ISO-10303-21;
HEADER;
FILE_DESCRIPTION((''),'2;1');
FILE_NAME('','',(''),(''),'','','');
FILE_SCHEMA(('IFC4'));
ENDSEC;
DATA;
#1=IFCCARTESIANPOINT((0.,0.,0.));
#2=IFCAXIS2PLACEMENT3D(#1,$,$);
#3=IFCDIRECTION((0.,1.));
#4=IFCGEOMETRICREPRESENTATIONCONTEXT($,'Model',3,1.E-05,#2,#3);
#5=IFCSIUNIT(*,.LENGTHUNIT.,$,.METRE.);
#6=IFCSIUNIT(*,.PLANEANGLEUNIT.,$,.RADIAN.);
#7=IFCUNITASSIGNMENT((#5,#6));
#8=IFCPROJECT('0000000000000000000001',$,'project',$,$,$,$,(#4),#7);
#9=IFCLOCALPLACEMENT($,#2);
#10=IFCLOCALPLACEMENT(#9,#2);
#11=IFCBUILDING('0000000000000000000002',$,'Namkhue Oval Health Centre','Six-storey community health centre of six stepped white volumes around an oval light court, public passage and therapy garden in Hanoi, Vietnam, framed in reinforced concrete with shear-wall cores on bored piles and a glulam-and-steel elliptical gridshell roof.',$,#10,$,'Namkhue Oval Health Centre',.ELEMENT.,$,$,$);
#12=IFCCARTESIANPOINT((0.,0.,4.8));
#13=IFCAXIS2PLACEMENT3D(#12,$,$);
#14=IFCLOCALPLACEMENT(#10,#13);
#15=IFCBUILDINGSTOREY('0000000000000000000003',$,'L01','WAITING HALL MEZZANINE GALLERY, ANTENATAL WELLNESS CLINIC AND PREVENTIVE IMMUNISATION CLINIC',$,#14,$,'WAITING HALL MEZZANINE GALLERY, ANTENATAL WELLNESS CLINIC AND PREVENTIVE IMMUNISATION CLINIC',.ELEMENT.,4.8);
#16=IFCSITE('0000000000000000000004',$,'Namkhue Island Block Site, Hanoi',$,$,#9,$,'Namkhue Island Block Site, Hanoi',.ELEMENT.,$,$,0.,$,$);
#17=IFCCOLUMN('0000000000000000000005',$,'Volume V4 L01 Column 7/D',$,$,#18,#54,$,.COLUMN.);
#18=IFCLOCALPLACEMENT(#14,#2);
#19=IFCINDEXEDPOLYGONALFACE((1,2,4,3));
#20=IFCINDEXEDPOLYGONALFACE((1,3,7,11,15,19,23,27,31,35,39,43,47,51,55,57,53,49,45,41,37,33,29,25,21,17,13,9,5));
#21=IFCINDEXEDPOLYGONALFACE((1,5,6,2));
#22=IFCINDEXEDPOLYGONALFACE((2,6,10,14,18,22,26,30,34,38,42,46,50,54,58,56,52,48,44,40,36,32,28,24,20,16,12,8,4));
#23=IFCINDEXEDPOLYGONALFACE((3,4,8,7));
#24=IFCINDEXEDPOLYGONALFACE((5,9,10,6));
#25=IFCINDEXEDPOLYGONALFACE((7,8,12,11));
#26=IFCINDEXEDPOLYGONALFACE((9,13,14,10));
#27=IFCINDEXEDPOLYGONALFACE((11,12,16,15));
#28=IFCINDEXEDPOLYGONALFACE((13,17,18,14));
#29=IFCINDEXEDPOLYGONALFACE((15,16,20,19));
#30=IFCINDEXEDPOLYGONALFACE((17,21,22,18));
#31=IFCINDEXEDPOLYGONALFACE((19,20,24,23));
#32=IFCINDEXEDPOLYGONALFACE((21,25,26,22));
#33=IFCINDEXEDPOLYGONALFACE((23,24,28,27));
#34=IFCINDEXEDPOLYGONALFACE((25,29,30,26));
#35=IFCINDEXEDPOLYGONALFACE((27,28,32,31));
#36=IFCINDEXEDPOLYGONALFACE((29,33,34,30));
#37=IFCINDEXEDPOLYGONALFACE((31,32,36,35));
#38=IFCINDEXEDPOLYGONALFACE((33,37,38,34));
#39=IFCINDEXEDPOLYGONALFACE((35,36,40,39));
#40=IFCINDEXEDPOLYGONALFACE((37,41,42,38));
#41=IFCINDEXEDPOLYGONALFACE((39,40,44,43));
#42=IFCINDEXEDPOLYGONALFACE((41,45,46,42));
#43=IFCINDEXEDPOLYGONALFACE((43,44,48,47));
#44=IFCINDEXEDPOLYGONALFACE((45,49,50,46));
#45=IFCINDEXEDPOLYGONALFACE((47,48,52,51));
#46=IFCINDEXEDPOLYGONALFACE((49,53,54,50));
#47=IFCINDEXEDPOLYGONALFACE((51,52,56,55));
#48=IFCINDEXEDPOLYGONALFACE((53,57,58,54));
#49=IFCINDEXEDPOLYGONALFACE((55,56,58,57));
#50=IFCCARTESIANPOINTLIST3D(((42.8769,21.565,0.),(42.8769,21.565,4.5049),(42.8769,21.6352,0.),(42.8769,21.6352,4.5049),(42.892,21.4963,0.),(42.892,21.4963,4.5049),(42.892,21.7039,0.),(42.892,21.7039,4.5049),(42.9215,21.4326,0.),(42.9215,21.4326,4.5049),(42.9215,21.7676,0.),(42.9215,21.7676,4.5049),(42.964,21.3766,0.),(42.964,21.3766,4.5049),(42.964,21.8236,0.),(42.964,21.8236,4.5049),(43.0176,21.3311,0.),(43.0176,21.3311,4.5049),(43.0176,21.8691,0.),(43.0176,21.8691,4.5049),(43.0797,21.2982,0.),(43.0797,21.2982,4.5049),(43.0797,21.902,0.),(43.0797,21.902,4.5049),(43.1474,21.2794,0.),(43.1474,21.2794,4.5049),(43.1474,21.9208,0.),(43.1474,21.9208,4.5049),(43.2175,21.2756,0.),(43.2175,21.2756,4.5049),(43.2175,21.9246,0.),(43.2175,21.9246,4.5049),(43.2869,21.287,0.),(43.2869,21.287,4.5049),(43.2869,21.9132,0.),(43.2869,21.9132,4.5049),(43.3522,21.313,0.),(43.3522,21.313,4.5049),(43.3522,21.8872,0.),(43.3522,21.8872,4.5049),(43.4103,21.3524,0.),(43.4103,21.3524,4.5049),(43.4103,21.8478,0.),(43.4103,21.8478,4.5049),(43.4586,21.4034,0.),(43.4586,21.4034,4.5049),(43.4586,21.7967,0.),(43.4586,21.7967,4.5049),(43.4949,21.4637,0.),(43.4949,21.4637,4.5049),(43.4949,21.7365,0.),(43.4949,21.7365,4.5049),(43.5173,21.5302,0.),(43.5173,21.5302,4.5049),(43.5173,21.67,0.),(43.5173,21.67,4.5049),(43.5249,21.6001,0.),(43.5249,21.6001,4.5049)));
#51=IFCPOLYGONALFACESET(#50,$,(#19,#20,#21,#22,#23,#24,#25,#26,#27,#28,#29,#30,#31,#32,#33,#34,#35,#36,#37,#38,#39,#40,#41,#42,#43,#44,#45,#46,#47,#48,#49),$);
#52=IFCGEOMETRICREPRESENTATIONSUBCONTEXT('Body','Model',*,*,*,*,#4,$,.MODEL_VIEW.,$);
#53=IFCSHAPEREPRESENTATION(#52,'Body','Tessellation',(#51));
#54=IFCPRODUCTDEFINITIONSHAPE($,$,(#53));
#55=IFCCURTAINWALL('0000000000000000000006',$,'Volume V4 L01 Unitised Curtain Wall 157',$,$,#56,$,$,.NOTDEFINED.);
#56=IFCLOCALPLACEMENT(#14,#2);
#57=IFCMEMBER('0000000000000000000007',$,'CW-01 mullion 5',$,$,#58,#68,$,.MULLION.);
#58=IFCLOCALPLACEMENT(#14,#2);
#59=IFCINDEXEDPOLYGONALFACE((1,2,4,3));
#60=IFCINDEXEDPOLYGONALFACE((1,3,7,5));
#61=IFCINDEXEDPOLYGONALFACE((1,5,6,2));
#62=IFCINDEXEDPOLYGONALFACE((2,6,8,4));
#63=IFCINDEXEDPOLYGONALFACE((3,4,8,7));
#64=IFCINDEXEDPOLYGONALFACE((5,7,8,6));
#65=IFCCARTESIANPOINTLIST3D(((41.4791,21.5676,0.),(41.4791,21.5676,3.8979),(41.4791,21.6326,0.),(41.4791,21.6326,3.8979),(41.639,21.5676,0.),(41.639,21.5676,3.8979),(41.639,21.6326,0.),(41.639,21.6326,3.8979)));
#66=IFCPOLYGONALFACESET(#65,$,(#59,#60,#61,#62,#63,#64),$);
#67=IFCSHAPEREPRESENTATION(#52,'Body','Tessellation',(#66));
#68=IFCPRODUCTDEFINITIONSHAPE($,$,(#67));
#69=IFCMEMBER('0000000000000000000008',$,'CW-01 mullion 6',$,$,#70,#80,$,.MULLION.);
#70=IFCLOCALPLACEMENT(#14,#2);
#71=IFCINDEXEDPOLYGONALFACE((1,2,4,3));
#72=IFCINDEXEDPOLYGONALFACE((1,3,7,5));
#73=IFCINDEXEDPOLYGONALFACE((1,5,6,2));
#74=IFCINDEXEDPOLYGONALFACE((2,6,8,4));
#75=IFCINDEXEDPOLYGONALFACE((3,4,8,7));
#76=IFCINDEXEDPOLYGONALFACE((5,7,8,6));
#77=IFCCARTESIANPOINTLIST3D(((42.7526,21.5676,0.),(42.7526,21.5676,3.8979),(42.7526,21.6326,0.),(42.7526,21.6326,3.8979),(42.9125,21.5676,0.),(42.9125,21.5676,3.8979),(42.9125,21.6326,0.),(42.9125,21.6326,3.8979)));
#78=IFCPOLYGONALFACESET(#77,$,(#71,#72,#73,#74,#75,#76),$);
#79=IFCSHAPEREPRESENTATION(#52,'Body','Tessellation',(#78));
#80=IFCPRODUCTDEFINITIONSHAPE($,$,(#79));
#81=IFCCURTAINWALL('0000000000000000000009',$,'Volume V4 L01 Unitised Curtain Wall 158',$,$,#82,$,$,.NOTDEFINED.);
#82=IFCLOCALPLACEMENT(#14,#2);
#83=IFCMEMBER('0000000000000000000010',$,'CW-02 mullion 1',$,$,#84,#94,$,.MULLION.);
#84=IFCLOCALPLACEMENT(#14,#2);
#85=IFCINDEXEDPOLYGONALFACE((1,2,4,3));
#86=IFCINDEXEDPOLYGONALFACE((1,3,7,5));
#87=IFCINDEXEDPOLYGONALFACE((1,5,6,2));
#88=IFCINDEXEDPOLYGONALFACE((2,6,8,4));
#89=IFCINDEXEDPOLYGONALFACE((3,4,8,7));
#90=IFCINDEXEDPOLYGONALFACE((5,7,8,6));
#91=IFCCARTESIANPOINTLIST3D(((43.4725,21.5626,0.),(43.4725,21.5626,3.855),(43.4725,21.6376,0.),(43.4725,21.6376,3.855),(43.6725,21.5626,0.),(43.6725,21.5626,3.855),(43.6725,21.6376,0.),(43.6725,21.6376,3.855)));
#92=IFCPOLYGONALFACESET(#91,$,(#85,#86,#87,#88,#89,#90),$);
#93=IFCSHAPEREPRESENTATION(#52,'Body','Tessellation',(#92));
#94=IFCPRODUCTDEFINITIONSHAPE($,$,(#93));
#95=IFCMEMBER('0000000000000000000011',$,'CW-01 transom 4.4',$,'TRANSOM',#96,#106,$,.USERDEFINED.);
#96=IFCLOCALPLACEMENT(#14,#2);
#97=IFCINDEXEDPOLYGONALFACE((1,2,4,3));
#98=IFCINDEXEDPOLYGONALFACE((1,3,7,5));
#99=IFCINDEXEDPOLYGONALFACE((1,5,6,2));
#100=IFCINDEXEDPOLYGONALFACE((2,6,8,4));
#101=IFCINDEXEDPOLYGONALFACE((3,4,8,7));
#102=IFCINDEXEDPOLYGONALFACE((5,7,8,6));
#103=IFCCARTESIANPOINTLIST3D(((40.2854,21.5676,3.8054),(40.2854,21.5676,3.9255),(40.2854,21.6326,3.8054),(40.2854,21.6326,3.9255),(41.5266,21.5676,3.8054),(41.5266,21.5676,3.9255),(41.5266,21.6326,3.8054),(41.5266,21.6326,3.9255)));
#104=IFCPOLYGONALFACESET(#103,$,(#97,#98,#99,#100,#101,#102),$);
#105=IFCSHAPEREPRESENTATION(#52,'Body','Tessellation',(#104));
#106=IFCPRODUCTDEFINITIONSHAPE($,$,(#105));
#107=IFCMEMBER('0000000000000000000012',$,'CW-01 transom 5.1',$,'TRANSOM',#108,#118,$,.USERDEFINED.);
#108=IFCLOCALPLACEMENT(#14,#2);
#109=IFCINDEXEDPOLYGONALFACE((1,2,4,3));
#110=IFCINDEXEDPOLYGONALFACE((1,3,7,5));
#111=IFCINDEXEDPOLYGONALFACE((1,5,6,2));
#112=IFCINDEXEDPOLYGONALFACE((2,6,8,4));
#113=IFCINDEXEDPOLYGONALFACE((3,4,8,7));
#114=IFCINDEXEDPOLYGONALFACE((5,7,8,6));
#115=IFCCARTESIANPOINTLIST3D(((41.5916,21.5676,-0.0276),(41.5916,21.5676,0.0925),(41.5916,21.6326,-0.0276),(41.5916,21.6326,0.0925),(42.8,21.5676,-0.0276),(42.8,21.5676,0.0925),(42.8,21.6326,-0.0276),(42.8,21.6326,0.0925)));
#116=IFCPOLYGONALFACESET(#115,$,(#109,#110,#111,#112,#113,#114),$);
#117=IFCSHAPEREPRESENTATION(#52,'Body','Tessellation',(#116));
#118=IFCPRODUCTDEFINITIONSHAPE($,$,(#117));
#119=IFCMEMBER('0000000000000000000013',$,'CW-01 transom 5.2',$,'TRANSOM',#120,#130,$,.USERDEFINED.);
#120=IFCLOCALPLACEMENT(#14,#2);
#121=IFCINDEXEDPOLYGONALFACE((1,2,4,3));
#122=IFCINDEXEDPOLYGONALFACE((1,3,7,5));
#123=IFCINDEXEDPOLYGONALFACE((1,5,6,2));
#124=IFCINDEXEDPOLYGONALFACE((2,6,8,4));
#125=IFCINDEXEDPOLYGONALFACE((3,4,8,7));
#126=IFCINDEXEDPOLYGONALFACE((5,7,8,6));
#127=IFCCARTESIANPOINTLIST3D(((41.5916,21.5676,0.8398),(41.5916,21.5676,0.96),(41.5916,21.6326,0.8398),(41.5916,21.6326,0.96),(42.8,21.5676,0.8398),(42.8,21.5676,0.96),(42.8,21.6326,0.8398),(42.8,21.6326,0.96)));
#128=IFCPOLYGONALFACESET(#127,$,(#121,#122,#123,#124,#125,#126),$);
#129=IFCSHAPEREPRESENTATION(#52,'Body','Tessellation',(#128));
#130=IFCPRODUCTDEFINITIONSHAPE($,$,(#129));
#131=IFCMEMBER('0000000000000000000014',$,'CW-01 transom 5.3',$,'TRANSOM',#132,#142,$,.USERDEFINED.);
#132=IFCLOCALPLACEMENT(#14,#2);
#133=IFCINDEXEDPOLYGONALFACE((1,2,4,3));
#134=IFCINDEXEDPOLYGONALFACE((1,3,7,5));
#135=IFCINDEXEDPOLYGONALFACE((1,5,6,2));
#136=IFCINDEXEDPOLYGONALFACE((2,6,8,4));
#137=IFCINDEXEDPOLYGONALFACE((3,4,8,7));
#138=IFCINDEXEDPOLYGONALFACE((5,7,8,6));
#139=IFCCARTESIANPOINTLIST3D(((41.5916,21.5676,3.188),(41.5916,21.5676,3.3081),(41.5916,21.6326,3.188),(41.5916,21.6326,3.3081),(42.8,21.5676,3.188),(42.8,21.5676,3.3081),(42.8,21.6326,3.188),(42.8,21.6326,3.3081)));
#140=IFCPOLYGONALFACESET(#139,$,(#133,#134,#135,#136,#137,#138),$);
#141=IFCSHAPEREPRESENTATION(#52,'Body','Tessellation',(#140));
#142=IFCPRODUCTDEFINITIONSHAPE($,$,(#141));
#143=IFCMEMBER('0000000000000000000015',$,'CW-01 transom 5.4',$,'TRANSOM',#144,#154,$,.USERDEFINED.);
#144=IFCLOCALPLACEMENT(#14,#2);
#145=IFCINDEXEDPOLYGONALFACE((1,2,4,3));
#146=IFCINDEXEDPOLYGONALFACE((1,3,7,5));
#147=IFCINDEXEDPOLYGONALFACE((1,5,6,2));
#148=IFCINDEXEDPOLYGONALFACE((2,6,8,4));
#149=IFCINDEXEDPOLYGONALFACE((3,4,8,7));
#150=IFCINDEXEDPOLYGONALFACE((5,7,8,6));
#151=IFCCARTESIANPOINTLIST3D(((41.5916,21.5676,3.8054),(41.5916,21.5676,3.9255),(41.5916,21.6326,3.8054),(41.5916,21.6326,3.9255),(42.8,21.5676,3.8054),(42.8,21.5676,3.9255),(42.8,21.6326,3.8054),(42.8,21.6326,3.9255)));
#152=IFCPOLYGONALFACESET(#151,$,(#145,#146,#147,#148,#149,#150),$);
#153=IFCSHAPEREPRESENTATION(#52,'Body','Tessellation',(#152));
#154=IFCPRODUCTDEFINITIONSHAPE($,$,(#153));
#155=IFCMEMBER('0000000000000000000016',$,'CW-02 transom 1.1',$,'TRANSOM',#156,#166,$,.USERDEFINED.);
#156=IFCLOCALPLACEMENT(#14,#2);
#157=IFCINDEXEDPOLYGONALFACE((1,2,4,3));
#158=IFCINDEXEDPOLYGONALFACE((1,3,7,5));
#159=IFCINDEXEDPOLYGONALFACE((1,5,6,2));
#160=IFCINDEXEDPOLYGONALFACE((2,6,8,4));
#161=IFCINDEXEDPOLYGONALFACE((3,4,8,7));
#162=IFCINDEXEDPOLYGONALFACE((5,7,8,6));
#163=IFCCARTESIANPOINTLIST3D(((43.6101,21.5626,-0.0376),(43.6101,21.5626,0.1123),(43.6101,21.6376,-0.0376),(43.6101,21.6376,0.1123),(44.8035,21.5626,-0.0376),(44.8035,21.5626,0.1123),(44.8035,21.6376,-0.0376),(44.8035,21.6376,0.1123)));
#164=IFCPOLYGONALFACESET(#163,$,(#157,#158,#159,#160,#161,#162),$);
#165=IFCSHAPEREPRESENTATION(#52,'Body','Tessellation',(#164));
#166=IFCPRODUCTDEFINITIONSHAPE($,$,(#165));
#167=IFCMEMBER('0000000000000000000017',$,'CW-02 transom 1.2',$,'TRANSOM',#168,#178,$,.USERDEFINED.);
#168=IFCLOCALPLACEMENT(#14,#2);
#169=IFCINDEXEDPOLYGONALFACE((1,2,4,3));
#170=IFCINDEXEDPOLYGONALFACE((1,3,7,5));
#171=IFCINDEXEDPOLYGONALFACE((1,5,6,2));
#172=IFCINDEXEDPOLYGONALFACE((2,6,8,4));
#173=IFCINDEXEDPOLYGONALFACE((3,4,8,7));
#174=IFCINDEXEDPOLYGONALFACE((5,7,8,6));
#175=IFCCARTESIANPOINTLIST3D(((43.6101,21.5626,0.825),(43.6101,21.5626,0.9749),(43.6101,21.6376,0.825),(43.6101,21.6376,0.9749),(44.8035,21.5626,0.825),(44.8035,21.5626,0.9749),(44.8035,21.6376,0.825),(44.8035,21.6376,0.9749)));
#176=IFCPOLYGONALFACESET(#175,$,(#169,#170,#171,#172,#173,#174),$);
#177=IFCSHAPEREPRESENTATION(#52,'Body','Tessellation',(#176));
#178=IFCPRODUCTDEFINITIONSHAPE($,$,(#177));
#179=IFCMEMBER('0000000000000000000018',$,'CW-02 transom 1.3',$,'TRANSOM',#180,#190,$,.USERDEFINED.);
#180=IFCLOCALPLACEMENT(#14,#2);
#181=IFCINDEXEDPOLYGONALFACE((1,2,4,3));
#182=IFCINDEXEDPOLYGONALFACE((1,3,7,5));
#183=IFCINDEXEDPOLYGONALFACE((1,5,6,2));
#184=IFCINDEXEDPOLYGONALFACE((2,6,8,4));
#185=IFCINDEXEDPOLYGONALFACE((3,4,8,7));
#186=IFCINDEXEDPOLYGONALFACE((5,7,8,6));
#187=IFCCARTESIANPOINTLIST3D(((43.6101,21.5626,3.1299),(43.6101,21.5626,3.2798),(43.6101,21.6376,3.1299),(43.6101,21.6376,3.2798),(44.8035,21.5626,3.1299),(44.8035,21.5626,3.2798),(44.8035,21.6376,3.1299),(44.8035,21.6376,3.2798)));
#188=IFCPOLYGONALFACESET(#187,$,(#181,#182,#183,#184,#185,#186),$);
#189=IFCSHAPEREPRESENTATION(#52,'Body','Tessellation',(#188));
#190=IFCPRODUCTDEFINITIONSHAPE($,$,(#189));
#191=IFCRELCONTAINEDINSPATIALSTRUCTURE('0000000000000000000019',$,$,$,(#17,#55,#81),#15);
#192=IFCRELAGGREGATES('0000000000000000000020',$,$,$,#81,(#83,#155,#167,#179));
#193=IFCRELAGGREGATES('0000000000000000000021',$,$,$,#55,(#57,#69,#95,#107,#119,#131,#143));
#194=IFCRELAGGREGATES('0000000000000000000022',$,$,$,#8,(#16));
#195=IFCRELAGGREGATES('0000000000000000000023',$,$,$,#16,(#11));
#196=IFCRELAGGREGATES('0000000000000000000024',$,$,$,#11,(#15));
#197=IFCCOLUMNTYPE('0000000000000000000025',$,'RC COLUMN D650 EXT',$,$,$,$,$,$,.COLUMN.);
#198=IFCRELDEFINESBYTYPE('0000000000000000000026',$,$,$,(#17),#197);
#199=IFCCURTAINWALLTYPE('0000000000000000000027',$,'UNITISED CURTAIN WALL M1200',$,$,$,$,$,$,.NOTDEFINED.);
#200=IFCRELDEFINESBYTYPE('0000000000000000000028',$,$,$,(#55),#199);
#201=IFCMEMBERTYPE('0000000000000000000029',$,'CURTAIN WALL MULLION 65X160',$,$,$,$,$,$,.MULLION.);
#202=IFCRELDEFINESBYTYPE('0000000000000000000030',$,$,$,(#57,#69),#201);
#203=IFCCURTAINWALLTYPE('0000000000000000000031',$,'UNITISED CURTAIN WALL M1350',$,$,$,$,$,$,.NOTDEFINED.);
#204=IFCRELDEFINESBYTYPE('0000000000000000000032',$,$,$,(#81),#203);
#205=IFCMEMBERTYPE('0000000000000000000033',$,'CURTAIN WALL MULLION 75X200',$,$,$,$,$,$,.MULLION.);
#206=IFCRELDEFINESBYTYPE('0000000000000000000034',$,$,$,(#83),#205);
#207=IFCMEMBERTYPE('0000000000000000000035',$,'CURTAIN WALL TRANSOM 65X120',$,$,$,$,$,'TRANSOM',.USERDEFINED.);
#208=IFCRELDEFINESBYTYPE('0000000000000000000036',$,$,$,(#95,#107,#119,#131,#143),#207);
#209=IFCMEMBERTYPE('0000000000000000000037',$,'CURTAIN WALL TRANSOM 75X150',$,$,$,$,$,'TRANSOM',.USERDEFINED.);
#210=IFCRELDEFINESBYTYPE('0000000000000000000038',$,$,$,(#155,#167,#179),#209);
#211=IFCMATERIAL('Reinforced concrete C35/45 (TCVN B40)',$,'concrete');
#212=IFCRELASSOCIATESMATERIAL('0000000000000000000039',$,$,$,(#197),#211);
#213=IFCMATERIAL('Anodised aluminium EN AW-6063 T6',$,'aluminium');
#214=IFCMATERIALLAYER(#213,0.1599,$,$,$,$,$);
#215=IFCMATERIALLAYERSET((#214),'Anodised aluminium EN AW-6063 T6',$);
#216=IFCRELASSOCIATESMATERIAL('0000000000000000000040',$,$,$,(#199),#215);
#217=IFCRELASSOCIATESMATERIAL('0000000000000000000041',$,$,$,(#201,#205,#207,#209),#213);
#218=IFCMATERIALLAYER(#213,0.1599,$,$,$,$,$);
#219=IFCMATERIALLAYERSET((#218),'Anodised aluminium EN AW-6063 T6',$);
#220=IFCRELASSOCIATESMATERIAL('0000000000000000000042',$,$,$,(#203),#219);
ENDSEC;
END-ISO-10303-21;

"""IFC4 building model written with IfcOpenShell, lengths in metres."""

from ifc_helpers import new_model, si_unit, direction, frame, origin, origin_2d, place, context, subcontext, project, spatial, rectangle, circle, extrude, material, layer, layer_set, material_profile, profile_set, type_object, element, aggregate, save


model = new_model("IFC4")

# Units and contexts
model_context = context("Model", 3, precision=1e-05, world=origin(), true_north=direction((0.0, 1.0)))
body_context = subcontext(model_context, "Body", "Model", "MODEL_VIEW")
ifc_project = project(units=[si_unit("LENGTHUNIT", "METRE"), si_unit("PLANEANGLEUNIT", "RADIAN")], contexts=[model_context])

# Site, building, storey
site_placement = place(None, origin())
site = spatial("IfcSite", under=ifc_project, at=site_placement, Name="Namkhue Island Block Site, Hanoi", LongName="Namkhue Island Block Site, Hanoi", CompositionType="ELEMENT", RefElevation=0.0)
building_placement = place(site_placement, origin())
building = spatial("IfcBuilding", under=site, at=building_placement, Name="Namkhue Oval Health Centre", Description="Six-storey community health centre of six stepped white volumes around an oval light court, public passage and therapy garden in Hanoi, Vietnam, framed in reinforced concrete with shear-wall cores on bored piles and a glulam-and-steel elliptical gridshell roof.", LongName="Namkhue Oval Health Centre", CompositionType="ELEMENT")
storey_placement = place(building_placement, frame((0.0, 0.0, 4.8)))
storey = spatial("IfcBuildingStorey", under=building, at=storey_placement, Name="L01", Description="WAITING HALL MEZZANINE GALLERY, ANTENATAL WELLNESS CLINIC AND PREVENTIVE IMMUNISATION CLINIC", LongName="WAITING HALL MEZZANINE GALLERY, ANTENATAL WELLNESS CLINIC AND PREVENTIVE IMMUNISATION CLINIC", CompositionType="ELEMENT", Elevation=4.8)

# Column
ifc_material_1 = material(Name="Reinforced concrete C35/45 (TCVN B40)", Category="concrete")
ifc_material_profile_1 = material_profile(ifc_material_1, circle(Radius=0.325, at=origin_2d()), Name="RC D650")
ifc_profile_set_1 = profile_set([ifc_material_profile_1], Name="Reinforced concrete C35/45 (TCVN B40)")
column_type = type_object("IfcColumnType", Name="RC COLUMN D650 EXT", PredefinedType="COLUMN", material=ifc_profile_set_1)
column_placement = place(storey_placement, frame((43.2, 21.6001, 0.0), z_axis=(0.0, 0.0, 1.0), x_axis=(1.0, 0.0, 0.0)))
element("IfcColumn", 1, at=column_placement, inside=storey, type_object=column_type, Name="Volume V4 L01 Column 7/D", PredefinedType="COLUMN", context=body_context, shape_type="SweptSolid", body=[
    extrude(circle(Radius=0.325, at=origin_2d()), origin(), (0.0, 0.0, 1.0), 4.5049),
])

# Curtain wall, members
ifc_material_2 = material(Name="Anodised aluminium EN AW-6063 T6", Category="aluminium")
ifc_layer_1 = layer(ifc_material_2, 0.1599)
ifc_layer_set_1 = layer_set([ifc_layer_1], Name="Anodised aluminium EN AW-6063 T6")
curtain_wall_type_1 = type_object("IfcCurtainWallType", Name="UNITISED CURTAIN WALL M1200", PredefinedType="NOTDEFINED", material=ifc_layer_set_1)
curtain_wall_1_placement = place(storey_placement, origin())
curtain_wall_1 = element("IfcCurtainWall", 2, at=curtain_wall_1_placement, inside=storey, type_object=curtain_wall_type_1, Name="Volume V4 L01 Unitised Curtain Wall 157", PredefinedType="NOTDEFINED")
ifc_material_profile_2 = material_profile(ifc_material_2, rectangle(XDim=0.0649, YDim=0.1599, at=origin_2d()), Name="ALU 65x160")
ifc_profile_set_2 = profile_set([ifc_material_profile_2], Name="Anodised aluminium EN AW-6063 T6")
member_type_1 = type_object("IfcMemberType", Name="CURTAIN WALL MULLION 65X160", PredefinedType="MULLION", material=ifc_profile_set_2)
member_1_placement = place(storey_placement, frame((41.5591, 21.6001, 0.0), z_axis=(0.0, 0.0, 1.0), x_axis=(0.0, 1.0, 0.0)))
member_1 = element("IfcMember", 3, at=member_1_placement, type_object=member_type_1, Name="CW-01 mullion 5", PredefinedType="MULLION", context=body_context, shape_type="SweptSolid", body=[
    extrude(rectangle(XDim=0.0649, YDim=0.1599, at=origin_2d()), origin(), (0.0, 0.0, 1.0), 3.8979),
])
member_2_placement = place(storey_placement, frame((42.8325, 21.6001, 0.0), z_axis=(0.0, 0.0, 1.0), x_axis=(0.0, 1.0, 0.0)))
member_2 = element("IfcMember", 4, at=member_2_placement, type_object=member_type_1, Name="CW-01 mullion 6", PredefinedType="MULLION", context=body_context, shape_type="SweptSolid", body=[
    extrude(rectangle(XDim=0.0649, YDim=0.1599, at=origin_2d()), origin(), (0.0, 0.0, 1.0), 3.8979),
])

# Curtain wall, member
ifc_layer_2 = layer(ifc_material_2, 0.1599)
ifc_layer_set_2 = layer_set([ifc_layer_2], Name="Anodised aluminium EN AW-6063 T6")
curtain_wall_type_2 = type_object("IfcCurtainWallType", Name="UNITISED CURTAIN WALL M1350", PredefinedType="NOTDEFINED", material=ifc_layer_set_2)
curtain_wall_2_placement = place(storey_placement, origin())
curtain_wall_2 = element("IfcCurtainWall", 5, at=curtain_wall_2_placement, inside=storey, type_object=curtain_wall_type_2, Name="Volume V4 L01 Unitised Curtain Wall 158", PredefinedType="NOTDEFINED")
ifc_material_profile_3 = material_profile(ifc_material_2, rectangle(XDim=0.075, YDim=0.2, at=origin_2d()), Name="ALU 75x200")
ifc_profile_set_3 = profile_set([ifc_material_profile_3], Name="Anodised aluminium EN AW-6063 T6")
member_type_2 = type_object("IfcMemberType", Name="CURTAIN WALL MULLION 75X200", PredefinedType="MULLION", material=ifc_profile_set_3)
member_3_placement = place(storey_placement, frame((43.5725, 21.6001, 0.0), z_axis=(0.0, 0.0, 1.0), x_axis=(0.0, 1.0, 0.0)))
member_3 = element("IfcMember", 6, at=member_3_placement, type_object=member_type_2, Name="CW-02 mullion 1", PredefinedType="MULLION", context=body_context, shape_type="SweptSolid", body=[
    extrude(rectangle(XDim=0.075, YDim=0.2, at=origin_2d()), origin(), (0.0, 0.0, 1.0), 3.855),
])

# Members
ifc_material_profile_4 = material_profile(ifc_material_2, rectangle(XDim=0.0649, YDim=0.1201, at=origin_2d()), Name="ALU 65x120")
ifc_profile_set_4 = profile_set([ifc_material_profile_4], Name="Anodised aluminium EN AW-6063 T6")
member_type_3 = type_object("IfcMemberType", Name="CURTAIN WALL TRANSOM 65X120", ElementType="TRANSOM", PredefinedType="USERDEFINED", material=ifc_profile_set_4)
member_4_placement = place(storey_placement, frame((40.2854, 21.6001, 3.8655), z_axis=(1.0, 0.0, 0.0), x_axis=(0.0, 1.0, 0.0)))
member_4 = element("IfcMember", 7, at=member_4_placement, type_object=member_type_3, Name="CW-01 transom 4.4", ObjectType="TRANSOM", PredefinedType="USERDEFINED", context=body_context, shape_type="SweptSolid", body=[
    extrude(rectangle(XDim=0.0649, YDim=0.1201, at=origin_2d()), origin(), (0.0, 0.0, 1.0), 1.2412),
])
member_5_placement = place(storey_placement, frame((41.5916, 21.6001, 0.0325), z_axis=(1.0, 0.0, 0.0), x_axis=(0.0, 1.0, 0.0)))
member_5 = element("IfcMember", 8, at=member_5_placement, type_object=member_type_3, Name="CW-01 transom 5.1", ObjectType="TRANSOM", PredefinedType="USERDEFINED", context=body_context, shape_type="SweptSolid", body=[
    extrude(rectangle(XDim=0.0649, YDim=0.1201, at=origin_2d()), origin(), (0.0, 0.0, 1.0), 1.2085),
])
member_6_placement = place(storey_placement, frame((41.5916, 21.6001, 0.8999), z_axis=(1.0, 0.0, 0.0), x_axis=(0.0, 1.0, 0.0)))
member_6 = element("IfcMember", 9, at=member_6_placement, type_object=member_type_3, Name="CW-01 transom 5.2", ObjectType="TRANSOM", PredefinedType="USERDEFINED", context=body_context, shape_type="SweptSolid", body=[
    extrude(rectangle(XDim=0.0649, YDim=0.1201, at=origin_2d()), origin(), (0.0, 0.0, 1.0), 1.2085),
])
member_7_placement = place(storey_placement, frame((41.5916, 21.6001, 3.248), z_axis=(1.0, 0.0, 0.0), x_axis=(0.0, 1.0, 0.0)))
member_7 = element("IfcMember", 10, at=member_7_placement, type_object=member_type_3, Name="CW-01 transom 5.3", ObjectType="TRANSOM", PredefinedType="USERDEFINED", context=body_context, shape_type="SweptSolid", body=[
    extrude(rectangle(XDim=0.0649, YDim=0.1201, at=origin_2d()), origin(), (0.0, 0.0, 1.0), 1.2085),
])
member_8_placement = place(storey_placement, frame((41.5916, 21.6001, 3.8655), z_axis=(1.0, 0.0, 0.0), x_axis=(0.0, 1.0, 0.0)))
member_8 = element("IfcMember", 11, at=member_8_placement, type_object=member_type_3, Name="CW-01 transom 5.4", ObjectType="TRANSOM", PredefinedType="USERDEFINED", context=body_context, shape_type="SweptSolid", body=[
    extrude(rectangle(XDim=0.0649, YDim=0.1201, at=origin_2d()), origin(), (0.0, 0.0, 1.0), 1.2085),
])
ifc_material_profile_5 = material_profile(ifc_material_2, rectangle(XDim=0.075, YDim=0.1499, at=origin_2d()), Name="ALU 75x150")
ifc_profile_set_5 = profile_set([ifc_material_profile_5], Name="Anodised aluminium EN AW-6063 T6")
member_type_4 = type_object("IfcMemberType", Name="CURTAIN WALL TRANSOM 75X150", ElementType="TRANSOM", PredefinedType="USERDEFINED", material=ifc_profile_set_5)
member_9_placement = place(storey_placement, frame((43.6101, 21.6001, 0.0374), z_axis=(1.0, 0.0, 0.0), x_axis=(0.0, 1.0, 0.0)))
member_9 = element("IfcMember", 12, at=member_9_placement, type_object=member_type_4, Name="CW-02 transom 1.1", ObjectType="TRANSOM", PredefinedType="USERDEFINED", context=body_context, shape_type="SweptSolid", body=[
    extrude(rectangle(XDim=0.075, YDim=0.1499, at=origin_2d()), origin(), (0.0, 0.0, 1.0), 1.1934),
])
member_10_placement = place(storey_placement, frame((43.6101, 21.6001, 0.8999), z_axis=(1.0, 0.0, 0.0), x_axis=(0.0, 1.0, 0.0)))
member_10 = element("IfcMember", 13, at=member_10_placement, type_object=member_type_4, Name="CW-02 transom 1.2", ObjectType="TRANSOM", PredefinedType="USERDEFINED", context=body_context, shape_type="SweptSolid", body=[
    extrude(rectangle(XDim=0.075, YDim=0.1499, at=origin_2d()), origin(), (0.0, 0.0, 1.0), 1.1934),
])
member_11_placement = place(storey_placement, frame((43.6101, 21.6001, 3.2048), z_axis=(1.0, 0.0, 0.0), x_axis=(0.0, 1.0, 0.0)))
member_11 = element("IfcMember", 14, at=member_11_placement, type_object=member_type_4, Name="CW-02 transom 1.3", ObjectType="TRANSOM", PredefinedType="USERDEFINED", context=body_context, shape_type="SweptSolid", body=[
    extrude(rectangle(XDim=0.075, YDim=0.1499, at=origin_2d()), origin(), (0.0, 0.0, 1.0), 1.1934),
])
aggregate(curtain_wall_2, [member_3, member_9, member_10, member_11])

aggregate(curtain_wall_1, [member_1, member_2, member_4, member_5, member_6, member_7, member_8])

save(model, "model.ifc")
